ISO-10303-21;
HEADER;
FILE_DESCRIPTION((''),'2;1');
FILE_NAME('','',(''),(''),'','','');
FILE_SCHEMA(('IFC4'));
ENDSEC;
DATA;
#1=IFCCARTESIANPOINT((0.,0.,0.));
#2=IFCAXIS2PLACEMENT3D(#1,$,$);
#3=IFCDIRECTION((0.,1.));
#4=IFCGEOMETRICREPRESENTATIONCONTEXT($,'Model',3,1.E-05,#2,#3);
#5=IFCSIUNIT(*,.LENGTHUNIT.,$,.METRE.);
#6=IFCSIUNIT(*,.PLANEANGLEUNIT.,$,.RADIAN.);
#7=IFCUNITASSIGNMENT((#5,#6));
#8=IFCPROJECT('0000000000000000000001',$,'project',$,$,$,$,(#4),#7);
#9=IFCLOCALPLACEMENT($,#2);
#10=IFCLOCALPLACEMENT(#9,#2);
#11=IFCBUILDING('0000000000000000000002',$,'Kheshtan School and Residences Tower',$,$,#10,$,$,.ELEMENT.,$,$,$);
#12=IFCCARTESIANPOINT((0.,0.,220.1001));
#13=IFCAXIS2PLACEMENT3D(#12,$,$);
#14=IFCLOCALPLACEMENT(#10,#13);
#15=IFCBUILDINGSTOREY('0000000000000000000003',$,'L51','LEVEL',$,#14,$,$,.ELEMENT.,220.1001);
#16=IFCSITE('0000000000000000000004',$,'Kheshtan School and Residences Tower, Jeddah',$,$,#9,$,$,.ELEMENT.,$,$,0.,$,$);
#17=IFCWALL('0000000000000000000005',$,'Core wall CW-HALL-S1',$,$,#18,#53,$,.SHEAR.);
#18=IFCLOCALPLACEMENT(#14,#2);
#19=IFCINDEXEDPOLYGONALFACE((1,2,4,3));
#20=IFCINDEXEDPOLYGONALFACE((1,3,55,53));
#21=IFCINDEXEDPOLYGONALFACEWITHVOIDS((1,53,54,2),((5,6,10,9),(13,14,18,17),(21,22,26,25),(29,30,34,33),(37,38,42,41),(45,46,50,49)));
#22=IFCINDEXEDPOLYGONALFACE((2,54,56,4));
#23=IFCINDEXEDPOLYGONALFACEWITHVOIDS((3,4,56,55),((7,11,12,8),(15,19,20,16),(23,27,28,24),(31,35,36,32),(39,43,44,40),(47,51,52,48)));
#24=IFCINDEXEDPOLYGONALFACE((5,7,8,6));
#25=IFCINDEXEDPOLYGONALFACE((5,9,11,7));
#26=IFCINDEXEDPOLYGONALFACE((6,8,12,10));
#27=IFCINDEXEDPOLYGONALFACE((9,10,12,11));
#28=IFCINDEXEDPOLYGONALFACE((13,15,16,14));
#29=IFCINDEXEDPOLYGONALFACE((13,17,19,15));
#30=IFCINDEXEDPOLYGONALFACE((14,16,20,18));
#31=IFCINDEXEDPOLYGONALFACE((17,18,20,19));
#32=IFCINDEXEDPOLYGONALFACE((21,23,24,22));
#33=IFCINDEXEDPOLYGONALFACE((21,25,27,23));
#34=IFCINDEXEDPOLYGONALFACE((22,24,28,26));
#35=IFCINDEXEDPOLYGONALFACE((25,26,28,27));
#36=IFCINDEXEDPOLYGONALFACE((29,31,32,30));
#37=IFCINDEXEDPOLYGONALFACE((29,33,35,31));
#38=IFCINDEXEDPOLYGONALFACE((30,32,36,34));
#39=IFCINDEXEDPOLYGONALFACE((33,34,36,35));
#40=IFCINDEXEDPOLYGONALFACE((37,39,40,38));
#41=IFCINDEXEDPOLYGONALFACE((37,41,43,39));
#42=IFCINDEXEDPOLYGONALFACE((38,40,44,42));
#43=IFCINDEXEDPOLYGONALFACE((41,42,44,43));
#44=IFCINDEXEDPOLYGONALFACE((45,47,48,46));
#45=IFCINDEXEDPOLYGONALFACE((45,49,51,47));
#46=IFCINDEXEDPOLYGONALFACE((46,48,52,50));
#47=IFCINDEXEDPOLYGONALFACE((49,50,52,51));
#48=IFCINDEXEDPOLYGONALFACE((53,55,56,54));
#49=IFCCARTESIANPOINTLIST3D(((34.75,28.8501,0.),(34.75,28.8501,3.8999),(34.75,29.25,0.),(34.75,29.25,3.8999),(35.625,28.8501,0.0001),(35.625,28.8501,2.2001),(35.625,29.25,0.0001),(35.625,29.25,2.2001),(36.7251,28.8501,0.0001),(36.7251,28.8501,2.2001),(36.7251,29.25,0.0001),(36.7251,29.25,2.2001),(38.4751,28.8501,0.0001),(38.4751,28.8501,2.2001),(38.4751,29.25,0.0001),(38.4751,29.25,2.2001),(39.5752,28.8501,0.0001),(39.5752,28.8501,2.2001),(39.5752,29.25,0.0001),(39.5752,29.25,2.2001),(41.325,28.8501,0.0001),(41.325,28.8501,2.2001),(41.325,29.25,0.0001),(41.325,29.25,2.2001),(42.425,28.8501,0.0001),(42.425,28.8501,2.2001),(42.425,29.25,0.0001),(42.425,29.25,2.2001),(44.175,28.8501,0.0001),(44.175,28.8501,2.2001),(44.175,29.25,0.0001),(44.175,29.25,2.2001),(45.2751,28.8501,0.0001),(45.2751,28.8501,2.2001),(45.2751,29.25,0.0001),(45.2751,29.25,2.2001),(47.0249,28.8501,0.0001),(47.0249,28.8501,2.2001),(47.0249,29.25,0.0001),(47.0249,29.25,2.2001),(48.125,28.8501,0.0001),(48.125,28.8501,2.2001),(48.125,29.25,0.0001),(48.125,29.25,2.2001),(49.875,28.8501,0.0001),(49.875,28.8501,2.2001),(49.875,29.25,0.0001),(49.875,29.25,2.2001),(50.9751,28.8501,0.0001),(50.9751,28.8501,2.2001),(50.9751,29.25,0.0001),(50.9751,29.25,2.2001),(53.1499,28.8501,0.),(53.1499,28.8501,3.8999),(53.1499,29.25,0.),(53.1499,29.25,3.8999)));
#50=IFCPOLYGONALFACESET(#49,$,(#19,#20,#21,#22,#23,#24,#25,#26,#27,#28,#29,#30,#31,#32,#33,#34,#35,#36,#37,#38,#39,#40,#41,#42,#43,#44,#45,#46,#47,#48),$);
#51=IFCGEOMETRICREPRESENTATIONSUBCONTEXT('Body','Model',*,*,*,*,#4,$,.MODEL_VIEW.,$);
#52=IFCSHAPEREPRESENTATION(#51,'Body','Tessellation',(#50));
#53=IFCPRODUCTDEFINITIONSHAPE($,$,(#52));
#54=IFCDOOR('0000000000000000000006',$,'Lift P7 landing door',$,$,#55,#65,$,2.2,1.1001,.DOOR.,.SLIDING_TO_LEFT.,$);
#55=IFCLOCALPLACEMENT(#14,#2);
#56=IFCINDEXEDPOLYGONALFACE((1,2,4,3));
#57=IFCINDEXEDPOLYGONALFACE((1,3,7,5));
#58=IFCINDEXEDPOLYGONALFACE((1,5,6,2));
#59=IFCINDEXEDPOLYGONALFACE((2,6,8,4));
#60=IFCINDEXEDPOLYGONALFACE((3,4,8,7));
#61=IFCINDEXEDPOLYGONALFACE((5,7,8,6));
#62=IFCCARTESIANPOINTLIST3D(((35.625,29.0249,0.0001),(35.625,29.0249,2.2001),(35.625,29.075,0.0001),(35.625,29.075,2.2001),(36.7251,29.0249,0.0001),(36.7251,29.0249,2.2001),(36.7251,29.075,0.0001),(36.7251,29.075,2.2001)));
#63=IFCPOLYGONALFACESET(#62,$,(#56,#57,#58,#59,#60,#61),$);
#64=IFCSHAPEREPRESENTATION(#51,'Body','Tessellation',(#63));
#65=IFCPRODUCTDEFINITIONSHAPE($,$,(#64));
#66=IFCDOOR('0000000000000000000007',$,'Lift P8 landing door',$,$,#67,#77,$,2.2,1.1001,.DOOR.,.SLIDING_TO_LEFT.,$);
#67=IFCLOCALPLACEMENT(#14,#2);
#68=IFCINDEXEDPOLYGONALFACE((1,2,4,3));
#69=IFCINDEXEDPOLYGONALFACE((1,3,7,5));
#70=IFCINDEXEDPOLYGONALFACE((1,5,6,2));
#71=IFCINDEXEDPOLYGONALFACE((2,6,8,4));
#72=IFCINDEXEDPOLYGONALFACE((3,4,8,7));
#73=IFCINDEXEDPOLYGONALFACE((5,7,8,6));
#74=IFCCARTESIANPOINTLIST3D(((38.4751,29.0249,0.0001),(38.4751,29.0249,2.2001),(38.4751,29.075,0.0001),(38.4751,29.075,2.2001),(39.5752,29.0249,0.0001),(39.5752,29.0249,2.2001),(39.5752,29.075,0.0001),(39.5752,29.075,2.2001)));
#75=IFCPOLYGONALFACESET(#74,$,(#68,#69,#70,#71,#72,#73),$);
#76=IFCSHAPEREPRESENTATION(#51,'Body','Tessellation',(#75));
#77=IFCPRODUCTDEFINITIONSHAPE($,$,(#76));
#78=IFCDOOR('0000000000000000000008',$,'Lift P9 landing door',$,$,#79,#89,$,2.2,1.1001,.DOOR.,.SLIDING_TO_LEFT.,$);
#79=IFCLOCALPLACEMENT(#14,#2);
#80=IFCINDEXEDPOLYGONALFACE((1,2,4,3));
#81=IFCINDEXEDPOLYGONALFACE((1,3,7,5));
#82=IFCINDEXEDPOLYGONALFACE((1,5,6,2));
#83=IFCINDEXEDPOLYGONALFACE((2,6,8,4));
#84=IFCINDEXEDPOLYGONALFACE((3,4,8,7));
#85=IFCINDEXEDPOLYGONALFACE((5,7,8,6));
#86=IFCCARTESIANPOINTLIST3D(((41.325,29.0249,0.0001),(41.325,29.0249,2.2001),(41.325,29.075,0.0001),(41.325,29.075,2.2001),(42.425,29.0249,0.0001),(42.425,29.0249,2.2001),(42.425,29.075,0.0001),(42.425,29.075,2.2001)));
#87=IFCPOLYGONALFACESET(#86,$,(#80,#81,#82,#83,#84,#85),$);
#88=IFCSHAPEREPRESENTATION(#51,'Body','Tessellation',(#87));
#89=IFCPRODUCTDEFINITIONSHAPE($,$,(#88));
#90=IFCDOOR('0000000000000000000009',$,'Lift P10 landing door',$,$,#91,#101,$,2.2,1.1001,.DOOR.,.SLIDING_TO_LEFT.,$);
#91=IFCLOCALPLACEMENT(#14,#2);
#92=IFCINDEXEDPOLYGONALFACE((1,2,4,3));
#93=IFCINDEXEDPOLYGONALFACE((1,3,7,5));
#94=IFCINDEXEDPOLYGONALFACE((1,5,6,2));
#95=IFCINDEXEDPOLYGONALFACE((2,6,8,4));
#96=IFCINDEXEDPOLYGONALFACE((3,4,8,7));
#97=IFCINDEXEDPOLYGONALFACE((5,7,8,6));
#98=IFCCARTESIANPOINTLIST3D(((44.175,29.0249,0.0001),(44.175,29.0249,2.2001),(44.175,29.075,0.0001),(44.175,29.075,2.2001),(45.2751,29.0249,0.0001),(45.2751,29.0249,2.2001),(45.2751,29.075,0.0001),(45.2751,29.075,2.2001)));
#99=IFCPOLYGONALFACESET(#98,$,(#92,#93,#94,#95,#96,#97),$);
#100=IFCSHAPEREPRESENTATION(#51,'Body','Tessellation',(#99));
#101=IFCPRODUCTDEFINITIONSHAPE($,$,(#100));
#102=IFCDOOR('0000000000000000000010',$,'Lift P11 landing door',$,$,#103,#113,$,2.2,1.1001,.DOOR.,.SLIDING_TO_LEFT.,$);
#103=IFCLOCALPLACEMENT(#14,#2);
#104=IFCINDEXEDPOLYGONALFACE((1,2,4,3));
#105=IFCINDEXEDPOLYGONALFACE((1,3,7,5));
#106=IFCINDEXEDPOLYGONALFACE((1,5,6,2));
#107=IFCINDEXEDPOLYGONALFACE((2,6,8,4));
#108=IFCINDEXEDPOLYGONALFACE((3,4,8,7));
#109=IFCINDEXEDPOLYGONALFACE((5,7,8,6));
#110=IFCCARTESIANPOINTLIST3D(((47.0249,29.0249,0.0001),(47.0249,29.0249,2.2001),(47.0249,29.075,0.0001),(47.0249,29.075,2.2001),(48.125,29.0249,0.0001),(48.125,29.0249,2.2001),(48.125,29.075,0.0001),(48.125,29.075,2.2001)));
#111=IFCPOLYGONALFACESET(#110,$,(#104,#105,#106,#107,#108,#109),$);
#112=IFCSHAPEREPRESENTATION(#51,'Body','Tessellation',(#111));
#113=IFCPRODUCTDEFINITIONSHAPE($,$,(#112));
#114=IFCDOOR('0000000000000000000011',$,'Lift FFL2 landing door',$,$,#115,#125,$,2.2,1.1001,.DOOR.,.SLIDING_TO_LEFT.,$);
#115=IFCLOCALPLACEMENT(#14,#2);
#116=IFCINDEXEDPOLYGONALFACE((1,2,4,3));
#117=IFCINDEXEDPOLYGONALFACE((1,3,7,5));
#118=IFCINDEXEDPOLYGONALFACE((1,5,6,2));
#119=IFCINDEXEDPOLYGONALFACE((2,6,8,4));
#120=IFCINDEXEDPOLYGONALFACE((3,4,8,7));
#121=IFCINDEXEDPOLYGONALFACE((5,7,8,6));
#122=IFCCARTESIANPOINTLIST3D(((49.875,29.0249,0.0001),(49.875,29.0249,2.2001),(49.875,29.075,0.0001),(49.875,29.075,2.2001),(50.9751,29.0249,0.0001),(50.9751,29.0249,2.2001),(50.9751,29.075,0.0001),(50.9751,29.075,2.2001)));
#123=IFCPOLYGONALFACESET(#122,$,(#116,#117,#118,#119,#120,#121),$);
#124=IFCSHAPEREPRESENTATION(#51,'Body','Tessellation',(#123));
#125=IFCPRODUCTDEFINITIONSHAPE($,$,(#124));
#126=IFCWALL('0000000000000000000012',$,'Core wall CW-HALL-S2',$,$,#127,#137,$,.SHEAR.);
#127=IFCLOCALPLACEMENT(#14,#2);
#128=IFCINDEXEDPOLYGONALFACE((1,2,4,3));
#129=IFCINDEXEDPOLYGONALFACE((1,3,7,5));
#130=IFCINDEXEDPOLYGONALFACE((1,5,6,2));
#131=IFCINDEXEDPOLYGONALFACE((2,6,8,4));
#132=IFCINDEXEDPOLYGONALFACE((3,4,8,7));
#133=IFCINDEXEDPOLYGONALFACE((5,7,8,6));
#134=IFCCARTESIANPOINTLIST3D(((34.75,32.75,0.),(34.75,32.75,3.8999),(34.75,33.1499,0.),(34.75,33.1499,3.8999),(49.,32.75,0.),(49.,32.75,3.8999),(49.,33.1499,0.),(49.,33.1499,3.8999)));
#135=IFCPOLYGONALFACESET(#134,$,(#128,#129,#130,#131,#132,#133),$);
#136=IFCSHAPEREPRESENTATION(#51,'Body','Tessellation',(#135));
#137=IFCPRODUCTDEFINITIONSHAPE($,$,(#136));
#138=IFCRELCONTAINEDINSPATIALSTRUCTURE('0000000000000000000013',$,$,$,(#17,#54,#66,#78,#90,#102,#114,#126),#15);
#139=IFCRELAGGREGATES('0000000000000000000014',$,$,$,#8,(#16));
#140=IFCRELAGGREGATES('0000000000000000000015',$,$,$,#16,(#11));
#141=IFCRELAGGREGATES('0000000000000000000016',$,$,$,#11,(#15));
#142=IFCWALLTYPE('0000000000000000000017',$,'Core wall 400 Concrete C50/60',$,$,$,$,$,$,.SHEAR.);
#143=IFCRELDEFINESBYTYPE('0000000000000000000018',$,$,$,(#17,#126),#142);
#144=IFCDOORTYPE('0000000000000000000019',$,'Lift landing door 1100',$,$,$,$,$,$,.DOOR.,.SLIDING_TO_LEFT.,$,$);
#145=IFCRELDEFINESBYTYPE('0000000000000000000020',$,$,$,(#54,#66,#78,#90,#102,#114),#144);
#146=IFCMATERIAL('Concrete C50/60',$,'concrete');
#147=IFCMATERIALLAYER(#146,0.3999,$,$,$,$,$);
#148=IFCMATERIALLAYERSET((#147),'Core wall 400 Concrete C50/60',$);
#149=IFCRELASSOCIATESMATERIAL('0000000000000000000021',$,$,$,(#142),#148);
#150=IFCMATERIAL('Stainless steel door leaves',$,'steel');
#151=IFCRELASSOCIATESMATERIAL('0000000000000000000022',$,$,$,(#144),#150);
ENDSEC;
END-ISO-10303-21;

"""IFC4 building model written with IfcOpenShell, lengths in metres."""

from ifc_helpers import new_model, si_unit, direction, frame, frame_2d, origin, place, context, subcontext, project, spatial, rectangle, extrude, source, transform, mapped, material, layer, layer_set, type_object, element, fill, save


model = new_model("IFC4")

# Units and contexts
model_context = context("Model", 3, precision=1e-05, world=origin(), true_north=direction((0.0, 1.0)))
body_context = subcontext(model_context, "Body", "Model", "MODEL_VIEW")
ifc_project = project(units=[si_unit("LENGTHUNIT", "METRE"), si_unit("PLANEANGLEUNIT", "RADIAN")], contexts=[model_context])

# Site, building, storey
site_placement = place(None, origin())
site = spatial("IfcSite", under=ifc_project, at=site_placement, Name="Kheshtan School and Residences Tower, Jeddah", CompositionType="ELEMENT", RefElevation=0.0)
building_placement = place(site_placement, origin())
building = spatial("IfcBuilding", under=site, at=building_placement, Name="Kheshtan School and Residences Tower", CompositionType="ELEMENT")
storey_placement = place(building_placement, frame((0.0, 0.0, 220.1001)))
storey = spatial("IfcBuildingStorey", under=building, at=storey_placement, Name="L51", Description="LEVEL", CompositionType="ELEMENT", Elevation=220.1001)

# Wall, openings, doors
ifc_material_1 = material(Name="Concrete C50/60", Category="concrete")
ifc_layer_1 = layer(ifc_material_1, 0.3999)
ifc_layer_set_1 = layer_set([ifc_layer_1], Name="Core wall 400 Concrete C50/60")
wall_type_1 = type_object("IfcWallType", Name="Core wall 400 Concrete C50/60", PredefinedType="SHEAR", material=ifc_layer_set_1)
wall_1_placement = place(storey_placement, frame((34.75, 29.05, 0.0), z_axis=(0.0, 0.0, 1.0), x_axis=(1.0, 0.0, 0.0)))
wall_1 = element("IfcWall", 1, at=wall_1_placement, inside=storey, type_object=wall_type_1, Name="Core wall CW-HALL-S1", PredefinedType="SHEAR", context=body_context, shape_type="SweptSolid", body=[
    extrude(rectangle(XDim=18.3999, YDim=0.3999, at=frame_2d((9.2, 0.0))), origin(), (0.0, 0.0, 1.0), 3.8999),
])
opening_1_placement = place(wall_1_placement, frame((0.875, 0.0, 0.0)))
opening_1 = element("IfcOpeningElement", 2, at=opening_1_placement, cuts=wall_1, PredefinedType="OPENING", context=body_context, shape_type="SweptSolid", body=[
    extrude(rectangle(XDim=1.1001, YDim=2.2, at=frame_2d((0.55, 1.1001))), frame((0.0, 0.21, 0.0), z_axis=(0.0, -1.0, 0.0), x_axis=(1.0, 0.0, 0.0)), (0.0, 0.0, 1.0), 0.4199),
])
opening_2_placement = place(wall_1_placement, frame((3.7251, 0.0, 0.0)))
opening_2 = element("IfcOpeningElement", 3, at=opening_2_placement, cuts=wall_1, PredefinedType="OPENING", context=body_context, shape_type="SweptSolid", body=[
    extrude(rectangle(XDim=1.1001, YDim=2.2, at=frame_2d((0.55, 1.1001))), frame((0.0, 0.21, 0.0), z_axis=(0.0, -1.0, 0.0), x_axis=(1.0, 0.0, 0.0)), (0.0, 0.0, 1.0), 0.4199),
])
opening_3_placement = place(wall_1_placement, frame((6.575, 0.0, 0.0)))
opening_3 = element("IfcOpeningElement", 4, at=opening_3_placement, cuts=wall_1, PredefinedType="OPENING", context=body_context, shape_type="SweptSolid", body=[
    extrude(rectangle(XDim=1.1001, YDim=2.2, at=frame_2d((0.55, 1.1001))), frame((0.0, 0.21, 0.0), z_axis=(0.0, -1.0, 0.0), x_axis=(1.0, 0.0, 0.0)), (0.0, 0.0, 1.0), 0.4199),
])
opening_4_placement = place(wall_1_placement, frame((9.425, 0.0, 0.0)))
opening_4 = element("IfcOpeningElement", 5, at=opening_4_placement, cuts=wall_1, PredefinedType="OPENING", context=body_context, shape_type="SweptSolid", body=[
    extrude(rectangle(XDim=1.1001, YDim=2.2, at=frame_2d((0.55, 1.1001))), frame((0.0, 0.21, 0.0), z_axis=(0.0, -1.0, 0.0), x_axis=(1.0, 0.0, 0.0)), (0.0, 0.0, 1.0), 0.4199),
])
opening_5_placement = place(wall_1_placement, frame((12.2749, 0.0, 0.0)))
opening_5 = element("IfcOpeningElement", 6, at=opening_5_placement, cuts=wall_1, PredefinedType="OPENING", context=body_context, shape_type="SweptSolid", body=[
    extrude(rectangle(XDim=1.1001, YDim=2.2, at=frame_2d((0.55, 1.1001))), frame((0.0, 0.21, 0.0), z_axis=(0.0, -1.0, 0.0), x_axis=(1.0, 0.0, 0.0)), (0.0, 0.0, 1.0), 0.4199),
])
opening_6_placement = place(wall_1_placement, frame((15.125, 0.0, 0.0)))
opening_6 = element("IfcOpeningElement", 7, at=opening_6_placement, cuts=wall_1, PredefinedType="OPENING", context=body_context, shape_type="SweptSolid", body=[
    extrude(rectangle(XDim=1.1001, YDim=2.2, at=frame_2d((0.55, 1.1001))), frame((0.0, 0.21, 0.0), z_axis=(0.0, -1.0, 0.0), x_axis=(1.0, 0.0, 0.0)), (0.0, 0.0, 1.0), 0.4199),
])
ifc_material_2 = material(Name="Stainless steel door leaves", Category="steel")
door_type_1 = type_object("IfcDoorType", Name="Lift landing door 1100", OperationType="SLIDING_TO_LEFT", PredefinedType="DOOR", material=ifc_material_2)
shared_shape_1 = source(origin(), body_context, "Body", "SweptSolid", [
    extrude(rectangle(XDim=1.1001, YDim=2.2, at=frame_2d((0.55, 1.1001))), frame((0.0, 0.0249, 0.0), z_axis=(0.0, -1.0, 0.0), x_axis=(1.0, 0.0, 0.0)), (0.0, 0.0, 1.0), 0.05),
])
door_1_placement = place(opening_1_placement, origin())
door_1 = element("IfcDoor", 8, at=door_1_placement, inside=storey, type_object=door_type_1, Name="Lift P7 landing door", OperationType="SLIDING_TO_LEFT", OverallHeight=2.2, OverallWidth=1.1001, PredefinedType="DOOR", context=body_context, shape_type="MappedRepresentation", body=[
    mapped(shared_shape_1, transform((0.0, 0.0, 0.0), x_axis=(1.0, 0.0, 0.0), y_axis=(0.0, 1.0, 0.0), z_axis=(0.0, 0.0, 1.0), scale=1.0)),
])
fill(opening_1, door_1)
door_2_placement = place(opening_2_placement, origin())
door_2 = element("IfcDoor", 9, at=door_2_placement, inside=storey, type_object=door_type_1, Name="Lift P8 landing door", OperationType="SLIDING_TO_LEFT", OverallHeight=2.2, OverallWidth=1.1001, PredefinedType="DOOR", context=body_context, shape_type="MappedRepresentation", body=[
    mapped(shared_shape_1, transform((0.0, 0.0, 0.0), x_axis=(1.0, 0.0, 0.0), y_axis=(0.0, 1.0, 0.0), z_axis=(0.0, 0.0, 1.0), scale=1.0)),
])
fill(opening_2, door_2)
door_3_placement = place(opening_3_placement, origin())
door_3 = element("IfcDoor", 10, at=door_3_placement, inside=storey, type_object=door_type_1, Name="Lift P9 landing door", OperationType="SLIDING_TO_LEFT", OverallHeight=2.2, OverallWidth=1.1001, PredefinedType="DOOR", context=body_context, shape_type="MappedRepresentation", body=[
    mapped(shared_shape_1, transform((0.0, 0.0, 0.0), x_axis=(1.0, 0.0, 0.0), y_axis=(0.0, 1.0, 0.0), z_axis=(0.0, 0.0, 1.0), scale=1.0)),
])
fill(opening_3, door_3)
door_4_placement = place(opening_4_placement, origin())
door_4 = element("IfcDoor", 11, at=door_4_placement, inside=storey, type_object=door_type_1, Name="Lift P10 landing door", OperationType="SLIDING_TO_LEFT", OverallHeight=2.2, OverallWidth=1.1001, PredefinedType="DOOR", context=body_context, shape_type="MappedRepresentation", body=[
    mapped(shared_shape_1, transform((0.0, 0.0, 0.0), x_axis=(1.0, 0.0, 0.0), y_axis=(0.0, 1.0, 0.0), z_axis=(0.0, 0.0, 1.0), scale=1.0)),
])
fill(opening_4, door_4)
door_5_placement = place(opening_5_placement, origin())
door_5 = element("IfcDoor", 12, at=door_5_placement, inside=storey, type_object=door_type_1, Name="Lift P11 landing door", OperationType="SLIDING_TO_LEFT", OverallHeight=2.2, OverallWidth=1.1001, PredefinedType="DOOR", context=body_context, shape_type="MappedRepresentation", body=[
    mapped(shared_shape_1, transform((0.0, 0.0, 0.0), x_axis=(1.0, 0.0, 0.0), y_axis=(0.0, 1.0, 0.0), z_axis=(0.0, 0.0, 1.0), scale=1.0)),
])
fill(opening_5, door_5)
door_6_placement = place(opening_6_placement, origin())
door_6 = element("IfcDoor", 13, at=door_6_placement, inside=storey, type_object=door_type_1, Name="Lift FFL2 landing door", OperationType="SLIDING_TO_LEFT", OverallHeight=2.2, OverallWidth=1.1001, PredefinedType="DOOR", context=body_context, shape_type="MappedRepresentation", body=[
    mapped(shared_shape_1, transform((0.0, 0.0, 0.0), x_axis=(1.0, 0.0, 0.0), y_axis=(0.0, 1.0, 0.0), z_axis=(0.0, 0.0, 1.0), scale=1.0)),
])
fill(opening_6, door_6)

# Wall
wall_2_placement = place(storey_placement, frame((34.75, 32.95, 0.0), z_axis=(0.0, 0.0, 1.0), x_axis=(1.0, 0.0, 0.0)))
element("IfcWall", 14, at=wall_2_placement, inside=storey, type_object=wall_type_1, Name="Core wall CW-HALL-S2", PredefinedType="SHEAR", context=body_context, shape_type="SweptSolid", body=[
    extrude(rectangle(XDim=14.25, YDim=0.3999, at=frame_2d((7.125, 0.0))), origin(), (0.0, 0.0, 1.0), 3.8999),
])

save(model, "model.ifc")
